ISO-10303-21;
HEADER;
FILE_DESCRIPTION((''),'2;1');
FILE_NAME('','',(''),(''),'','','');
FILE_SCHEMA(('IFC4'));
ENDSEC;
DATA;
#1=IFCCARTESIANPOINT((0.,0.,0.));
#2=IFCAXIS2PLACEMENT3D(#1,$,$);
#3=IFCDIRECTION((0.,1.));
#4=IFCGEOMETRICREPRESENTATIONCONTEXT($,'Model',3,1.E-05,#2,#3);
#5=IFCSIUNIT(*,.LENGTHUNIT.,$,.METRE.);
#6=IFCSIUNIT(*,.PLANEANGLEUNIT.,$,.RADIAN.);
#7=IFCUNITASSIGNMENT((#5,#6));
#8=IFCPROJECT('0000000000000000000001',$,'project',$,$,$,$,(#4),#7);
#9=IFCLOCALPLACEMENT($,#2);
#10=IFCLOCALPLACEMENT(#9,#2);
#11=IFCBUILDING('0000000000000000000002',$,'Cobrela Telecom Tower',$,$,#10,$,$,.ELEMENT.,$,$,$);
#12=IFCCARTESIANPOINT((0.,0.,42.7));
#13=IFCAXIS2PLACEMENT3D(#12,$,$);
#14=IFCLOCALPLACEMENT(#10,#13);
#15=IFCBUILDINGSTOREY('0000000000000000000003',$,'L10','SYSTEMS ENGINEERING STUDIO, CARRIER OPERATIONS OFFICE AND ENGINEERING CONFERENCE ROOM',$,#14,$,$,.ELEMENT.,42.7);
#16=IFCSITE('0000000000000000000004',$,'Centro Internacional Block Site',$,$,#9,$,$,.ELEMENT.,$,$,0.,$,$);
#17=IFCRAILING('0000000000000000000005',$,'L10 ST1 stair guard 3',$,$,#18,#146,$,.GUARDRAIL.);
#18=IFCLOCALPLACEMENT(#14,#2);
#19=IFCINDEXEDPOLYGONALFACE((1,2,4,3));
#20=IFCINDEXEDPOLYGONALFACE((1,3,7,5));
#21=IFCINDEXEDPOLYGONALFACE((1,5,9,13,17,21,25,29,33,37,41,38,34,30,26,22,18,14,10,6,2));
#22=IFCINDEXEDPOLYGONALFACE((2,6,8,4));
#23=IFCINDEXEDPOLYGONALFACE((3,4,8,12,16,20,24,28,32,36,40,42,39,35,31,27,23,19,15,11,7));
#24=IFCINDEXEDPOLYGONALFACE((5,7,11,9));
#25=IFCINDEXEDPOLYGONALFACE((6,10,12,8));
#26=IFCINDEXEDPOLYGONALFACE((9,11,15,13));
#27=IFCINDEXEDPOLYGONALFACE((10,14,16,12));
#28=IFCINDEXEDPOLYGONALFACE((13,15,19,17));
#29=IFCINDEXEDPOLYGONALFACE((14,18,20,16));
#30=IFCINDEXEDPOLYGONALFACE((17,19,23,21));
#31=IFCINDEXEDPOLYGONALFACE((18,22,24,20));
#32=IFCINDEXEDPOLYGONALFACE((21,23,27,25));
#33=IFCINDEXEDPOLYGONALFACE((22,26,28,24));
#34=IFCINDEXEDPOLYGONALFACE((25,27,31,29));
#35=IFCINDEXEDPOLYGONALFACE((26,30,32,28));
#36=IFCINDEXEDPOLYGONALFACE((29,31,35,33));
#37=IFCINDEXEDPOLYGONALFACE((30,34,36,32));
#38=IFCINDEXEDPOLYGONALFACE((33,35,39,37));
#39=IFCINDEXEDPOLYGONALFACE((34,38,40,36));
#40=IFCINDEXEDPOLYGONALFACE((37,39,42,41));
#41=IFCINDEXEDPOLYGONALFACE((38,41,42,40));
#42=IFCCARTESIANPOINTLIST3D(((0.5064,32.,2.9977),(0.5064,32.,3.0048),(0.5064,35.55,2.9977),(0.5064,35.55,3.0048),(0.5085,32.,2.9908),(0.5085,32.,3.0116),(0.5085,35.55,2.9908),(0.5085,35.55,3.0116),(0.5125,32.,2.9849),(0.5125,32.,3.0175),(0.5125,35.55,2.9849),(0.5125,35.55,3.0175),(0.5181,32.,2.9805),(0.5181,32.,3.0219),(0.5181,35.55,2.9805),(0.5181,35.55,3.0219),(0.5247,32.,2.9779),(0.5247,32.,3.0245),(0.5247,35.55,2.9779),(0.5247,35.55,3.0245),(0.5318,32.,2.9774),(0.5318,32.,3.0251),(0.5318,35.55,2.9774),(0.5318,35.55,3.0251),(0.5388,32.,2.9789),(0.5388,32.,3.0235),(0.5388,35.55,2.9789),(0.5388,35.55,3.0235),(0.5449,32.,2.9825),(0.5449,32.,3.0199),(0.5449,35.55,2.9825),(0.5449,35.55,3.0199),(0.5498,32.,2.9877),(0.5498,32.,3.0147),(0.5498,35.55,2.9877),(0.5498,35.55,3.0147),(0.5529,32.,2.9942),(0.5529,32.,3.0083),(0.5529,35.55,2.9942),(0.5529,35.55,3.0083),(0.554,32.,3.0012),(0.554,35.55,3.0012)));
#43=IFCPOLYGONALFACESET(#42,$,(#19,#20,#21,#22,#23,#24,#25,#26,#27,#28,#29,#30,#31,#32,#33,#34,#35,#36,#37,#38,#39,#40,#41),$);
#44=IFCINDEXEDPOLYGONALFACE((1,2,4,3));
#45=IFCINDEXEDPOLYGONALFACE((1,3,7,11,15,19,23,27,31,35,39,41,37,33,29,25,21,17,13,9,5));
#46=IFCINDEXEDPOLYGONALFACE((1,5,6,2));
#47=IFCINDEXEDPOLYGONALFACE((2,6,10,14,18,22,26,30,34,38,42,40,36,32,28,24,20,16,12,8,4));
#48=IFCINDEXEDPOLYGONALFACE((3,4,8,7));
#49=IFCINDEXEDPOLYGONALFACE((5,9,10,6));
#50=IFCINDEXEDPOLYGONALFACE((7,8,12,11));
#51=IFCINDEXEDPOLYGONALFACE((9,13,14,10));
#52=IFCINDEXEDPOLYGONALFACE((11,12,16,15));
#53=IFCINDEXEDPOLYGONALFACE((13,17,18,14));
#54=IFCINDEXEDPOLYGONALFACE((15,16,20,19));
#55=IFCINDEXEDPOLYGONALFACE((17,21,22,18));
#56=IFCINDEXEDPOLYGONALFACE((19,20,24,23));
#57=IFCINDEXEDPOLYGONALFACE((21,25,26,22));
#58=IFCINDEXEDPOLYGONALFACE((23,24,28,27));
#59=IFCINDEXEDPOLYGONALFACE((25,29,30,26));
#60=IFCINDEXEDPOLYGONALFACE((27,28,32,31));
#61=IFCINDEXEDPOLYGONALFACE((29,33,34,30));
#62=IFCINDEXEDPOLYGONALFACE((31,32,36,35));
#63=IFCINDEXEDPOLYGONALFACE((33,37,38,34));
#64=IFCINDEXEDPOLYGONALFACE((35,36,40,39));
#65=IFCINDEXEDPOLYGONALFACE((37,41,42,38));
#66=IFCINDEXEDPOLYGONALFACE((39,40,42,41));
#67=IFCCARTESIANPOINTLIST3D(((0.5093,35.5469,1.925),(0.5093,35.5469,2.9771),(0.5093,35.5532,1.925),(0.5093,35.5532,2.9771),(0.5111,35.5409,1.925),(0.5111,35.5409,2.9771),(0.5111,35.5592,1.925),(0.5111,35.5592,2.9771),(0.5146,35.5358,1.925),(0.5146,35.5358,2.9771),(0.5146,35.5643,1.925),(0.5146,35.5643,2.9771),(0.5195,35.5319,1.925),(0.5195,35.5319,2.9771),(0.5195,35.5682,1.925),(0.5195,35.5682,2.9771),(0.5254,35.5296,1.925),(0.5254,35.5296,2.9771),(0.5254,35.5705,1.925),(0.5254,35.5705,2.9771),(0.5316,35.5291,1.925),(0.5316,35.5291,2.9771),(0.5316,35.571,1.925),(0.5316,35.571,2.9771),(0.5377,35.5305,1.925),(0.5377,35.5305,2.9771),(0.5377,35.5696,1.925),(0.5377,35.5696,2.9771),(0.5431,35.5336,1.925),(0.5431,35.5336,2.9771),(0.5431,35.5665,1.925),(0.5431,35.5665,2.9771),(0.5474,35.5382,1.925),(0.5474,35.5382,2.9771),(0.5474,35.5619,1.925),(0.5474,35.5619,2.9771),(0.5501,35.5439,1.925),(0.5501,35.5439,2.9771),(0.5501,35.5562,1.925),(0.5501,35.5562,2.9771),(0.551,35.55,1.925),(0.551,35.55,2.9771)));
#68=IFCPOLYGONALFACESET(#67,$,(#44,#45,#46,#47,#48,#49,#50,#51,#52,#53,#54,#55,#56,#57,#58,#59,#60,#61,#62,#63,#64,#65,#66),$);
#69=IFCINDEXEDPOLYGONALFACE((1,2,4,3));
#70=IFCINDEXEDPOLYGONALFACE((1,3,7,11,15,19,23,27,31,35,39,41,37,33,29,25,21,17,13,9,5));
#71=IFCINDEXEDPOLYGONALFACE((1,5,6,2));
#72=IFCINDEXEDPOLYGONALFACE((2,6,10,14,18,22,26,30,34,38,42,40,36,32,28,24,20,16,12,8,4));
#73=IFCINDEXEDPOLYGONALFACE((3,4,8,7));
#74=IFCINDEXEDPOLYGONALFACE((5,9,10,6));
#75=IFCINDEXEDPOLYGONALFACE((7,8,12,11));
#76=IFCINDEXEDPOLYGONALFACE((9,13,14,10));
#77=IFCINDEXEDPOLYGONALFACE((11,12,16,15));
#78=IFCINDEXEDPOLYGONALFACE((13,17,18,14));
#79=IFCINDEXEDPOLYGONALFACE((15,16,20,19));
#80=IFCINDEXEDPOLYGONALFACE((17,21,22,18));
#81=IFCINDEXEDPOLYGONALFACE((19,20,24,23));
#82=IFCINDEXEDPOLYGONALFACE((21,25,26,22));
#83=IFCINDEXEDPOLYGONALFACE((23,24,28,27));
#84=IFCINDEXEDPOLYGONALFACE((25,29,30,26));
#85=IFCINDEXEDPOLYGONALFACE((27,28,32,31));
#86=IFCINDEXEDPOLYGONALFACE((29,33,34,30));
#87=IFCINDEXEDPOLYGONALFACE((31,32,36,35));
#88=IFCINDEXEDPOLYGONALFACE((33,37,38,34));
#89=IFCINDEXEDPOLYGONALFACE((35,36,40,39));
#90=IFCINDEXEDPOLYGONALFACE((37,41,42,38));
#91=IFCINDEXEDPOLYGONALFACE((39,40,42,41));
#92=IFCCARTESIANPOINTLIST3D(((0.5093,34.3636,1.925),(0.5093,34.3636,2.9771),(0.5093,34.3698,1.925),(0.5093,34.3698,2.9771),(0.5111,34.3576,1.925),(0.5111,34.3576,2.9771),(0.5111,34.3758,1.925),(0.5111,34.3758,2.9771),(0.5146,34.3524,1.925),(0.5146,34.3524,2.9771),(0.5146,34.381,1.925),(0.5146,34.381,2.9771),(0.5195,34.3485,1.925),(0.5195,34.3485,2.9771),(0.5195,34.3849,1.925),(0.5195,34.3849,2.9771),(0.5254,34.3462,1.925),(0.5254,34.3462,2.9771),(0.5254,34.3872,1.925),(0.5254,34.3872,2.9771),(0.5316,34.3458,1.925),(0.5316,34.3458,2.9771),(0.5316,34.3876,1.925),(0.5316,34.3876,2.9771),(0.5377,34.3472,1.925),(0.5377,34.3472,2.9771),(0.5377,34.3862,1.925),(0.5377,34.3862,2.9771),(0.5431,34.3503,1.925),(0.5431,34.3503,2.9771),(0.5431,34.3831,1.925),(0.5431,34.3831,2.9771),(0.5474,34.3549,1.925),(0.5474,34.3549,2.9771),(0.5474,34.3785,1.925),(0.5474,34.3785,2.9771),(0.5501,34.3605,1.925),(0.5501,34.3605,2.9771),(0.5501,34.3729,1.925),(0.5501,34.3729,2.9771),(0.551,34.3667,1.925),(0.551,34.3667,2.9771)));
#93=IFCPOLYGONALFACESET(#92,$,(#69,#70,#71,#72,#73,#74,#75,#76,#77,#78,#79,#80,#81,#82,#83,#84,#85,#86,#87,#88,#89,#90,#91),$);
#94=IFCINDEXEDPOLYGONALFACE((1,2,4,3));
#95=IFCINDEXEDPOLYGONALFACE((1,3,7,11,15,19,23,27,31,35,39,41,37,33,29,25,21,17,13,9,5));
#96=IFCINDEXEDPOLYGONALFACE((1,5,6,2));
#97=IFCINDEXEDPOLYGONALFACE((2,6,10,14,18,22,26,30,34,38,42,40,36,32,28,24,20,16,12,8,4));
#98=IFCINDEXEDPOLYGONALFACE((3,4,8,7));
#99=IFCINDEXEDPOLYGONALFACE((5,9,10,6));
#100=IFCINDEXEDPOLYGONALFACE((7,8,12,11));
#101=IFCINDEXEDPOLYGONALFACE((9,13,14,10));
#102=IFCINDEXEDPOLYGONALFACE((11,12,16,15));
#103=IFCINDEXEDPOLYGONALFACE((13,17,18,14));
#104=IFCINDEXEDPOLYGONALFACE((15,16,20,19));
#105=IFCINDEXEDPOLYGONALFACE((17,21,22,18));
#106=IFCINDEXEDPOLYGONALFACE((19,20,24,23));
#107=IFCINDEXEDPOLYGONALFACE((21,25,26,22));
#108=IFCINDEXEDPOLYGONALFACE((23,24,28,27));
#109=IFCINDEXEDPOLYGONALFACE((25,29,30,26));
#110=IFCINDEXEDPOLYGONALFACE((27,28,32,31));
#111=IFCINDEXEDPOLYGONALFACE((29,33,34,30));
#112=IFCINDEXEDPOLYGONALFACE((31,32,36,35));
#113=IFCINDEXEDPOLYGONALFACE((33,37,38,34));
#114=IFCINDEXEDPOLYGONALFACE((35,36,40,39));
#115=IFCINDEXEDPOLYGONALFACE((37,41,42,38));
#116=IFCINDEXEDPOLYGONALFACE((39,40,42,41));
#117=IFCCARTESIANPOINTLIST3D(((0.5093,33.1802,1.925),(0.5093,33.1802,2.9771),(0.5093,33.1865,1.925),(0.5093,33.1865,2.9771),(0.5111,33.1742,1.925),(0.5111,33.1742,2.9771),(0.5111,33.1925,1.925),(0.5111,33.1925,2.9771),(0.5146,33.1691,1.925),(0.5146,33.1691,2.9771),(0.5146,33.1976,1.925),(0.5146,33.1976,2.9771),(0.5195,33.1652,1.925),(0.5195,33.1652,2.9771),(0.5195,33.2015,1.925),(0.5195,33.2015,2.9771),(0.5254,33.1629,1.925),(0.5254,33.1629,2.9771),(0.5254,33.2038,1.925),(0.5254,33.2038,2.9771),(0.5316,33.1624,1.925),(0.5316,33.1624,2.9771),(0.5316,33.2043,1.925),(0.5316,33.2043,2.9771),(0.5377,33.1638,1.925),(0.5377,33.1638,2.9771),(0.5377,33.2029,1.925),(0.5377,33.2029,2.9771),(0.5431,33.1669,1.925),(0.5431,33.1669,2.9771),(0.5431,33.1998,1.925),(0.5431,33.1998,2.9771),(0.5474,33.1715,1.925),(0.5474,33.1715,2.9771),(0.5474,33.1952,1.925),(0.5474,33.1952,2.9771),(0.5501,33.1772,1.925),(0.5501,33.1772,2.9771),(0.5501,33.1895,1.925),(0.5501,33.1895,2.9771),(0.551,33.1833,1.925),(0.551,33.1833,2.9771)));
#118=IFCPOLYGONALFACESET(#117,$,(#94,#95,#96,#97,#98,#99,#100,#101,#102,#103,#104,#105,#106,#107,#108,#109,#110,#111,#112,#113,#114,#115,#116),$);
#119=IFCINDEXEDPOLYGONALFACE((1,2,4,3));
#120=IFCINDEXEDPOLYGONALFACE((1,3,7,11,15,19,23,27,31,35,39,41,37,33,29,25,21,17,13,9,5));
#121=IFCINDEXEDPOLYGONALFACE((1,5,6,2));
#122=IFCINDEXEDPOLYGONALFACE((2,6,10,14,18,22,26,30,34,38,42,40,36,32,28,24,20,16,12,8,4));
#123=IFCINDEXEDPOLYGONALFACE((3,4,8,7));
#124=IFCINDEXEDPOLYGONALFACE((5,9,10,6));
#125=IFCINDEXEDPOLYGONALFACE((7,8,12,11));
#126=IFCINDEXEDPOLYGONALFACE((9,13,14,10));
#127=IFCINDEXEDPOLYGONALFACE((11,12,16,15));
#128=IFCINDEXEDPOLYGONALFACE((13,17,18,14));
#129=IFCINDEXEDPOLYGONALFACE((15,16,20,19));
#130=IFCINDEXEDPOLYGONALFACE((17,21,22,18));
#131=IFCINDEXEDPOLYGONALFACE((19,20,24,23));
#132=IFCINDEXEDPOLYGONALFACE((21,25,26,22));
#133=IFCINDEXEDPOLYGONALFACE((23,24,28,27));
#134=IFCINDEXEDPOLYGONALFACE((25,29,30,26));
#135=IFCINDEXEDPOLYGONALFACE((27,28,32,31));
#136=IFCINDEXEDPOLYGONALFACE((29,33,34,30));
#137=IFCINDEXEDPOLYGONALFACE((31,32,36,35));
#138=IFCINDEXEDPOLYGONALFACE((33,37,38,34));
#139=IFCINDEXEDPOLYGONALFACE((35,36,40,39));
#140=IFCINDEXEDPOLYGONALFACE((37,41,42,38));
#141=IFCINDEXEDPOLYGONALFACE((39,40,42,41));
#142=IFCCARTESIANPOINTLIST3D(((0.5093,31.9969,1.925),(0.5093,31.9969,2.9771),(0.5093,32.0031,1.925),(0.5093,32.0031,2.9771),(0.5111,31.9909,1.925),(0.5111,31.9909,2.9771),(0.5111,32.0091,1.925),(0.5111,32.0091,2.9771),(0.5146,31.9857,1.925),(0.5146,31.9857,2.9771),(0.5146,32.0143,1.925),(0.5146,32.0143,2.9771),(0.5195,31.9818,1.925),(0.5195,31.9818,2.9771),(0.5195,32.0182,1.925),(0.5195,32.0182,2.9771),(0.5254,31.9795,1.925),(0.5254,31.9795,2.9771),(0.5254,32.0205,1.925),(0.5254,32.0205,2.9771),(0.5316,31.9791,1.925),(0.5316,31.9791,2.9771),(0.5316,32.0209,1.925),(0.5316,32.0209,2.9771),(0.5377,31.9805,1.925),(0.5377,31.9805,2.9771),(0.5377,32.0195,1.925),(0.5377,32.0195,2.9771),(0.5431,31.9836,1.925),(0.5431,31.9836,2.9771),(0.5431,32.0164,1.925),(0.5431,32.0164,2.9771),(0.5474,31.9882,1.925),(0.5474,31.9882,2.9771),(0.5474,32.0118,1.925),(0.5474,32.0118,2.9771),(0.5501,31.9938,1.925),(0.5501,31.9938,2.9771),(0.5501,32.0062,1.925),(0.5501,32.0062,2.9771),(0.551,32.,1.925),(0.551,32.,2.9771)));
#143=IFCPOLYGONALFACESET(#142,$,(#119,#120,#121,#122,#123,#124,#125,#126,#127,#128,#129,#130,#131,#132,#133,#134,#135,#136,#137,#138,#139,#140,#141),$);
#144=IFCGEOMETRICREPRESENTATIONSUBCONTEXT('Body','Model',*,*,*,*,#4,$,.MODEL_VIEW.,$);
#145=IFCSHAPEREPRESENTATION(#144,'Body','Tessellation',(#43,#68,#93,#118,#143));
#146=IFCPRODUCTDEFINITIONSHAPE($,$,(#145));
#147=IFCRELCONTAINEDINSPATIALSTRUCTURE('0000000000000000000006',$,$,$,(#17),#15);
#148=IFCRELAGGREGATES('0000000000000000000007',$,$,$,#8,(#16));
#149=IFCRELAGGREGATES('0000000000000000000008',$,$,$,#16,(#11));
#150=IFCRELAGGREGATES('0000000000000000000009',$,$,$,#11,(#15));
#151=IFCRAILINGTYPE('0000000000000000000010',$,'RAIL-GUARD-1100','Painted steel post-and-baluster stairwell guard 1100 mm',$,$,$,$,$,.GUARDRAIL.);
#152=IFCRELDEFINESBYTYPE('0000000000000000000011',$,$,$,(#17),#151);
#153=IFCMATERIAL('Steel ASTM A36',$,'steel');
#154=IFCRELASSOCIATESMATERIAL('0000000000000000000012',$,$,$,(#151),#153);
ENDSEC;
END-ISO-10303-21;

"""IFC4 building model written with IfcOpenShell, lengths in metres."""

from ifc_helpers import new_model, si_unit, direction, frame, origin, origin_2d, place, context, subcontext, project, spatial, circle, extrude, material, type_object, element, save


model = new_model("IFC4")

# Units and contexts
model_context = context("Model", 3, precision=1e-05, world=origin(), true_north=direction((0.0, 1.0)))
body_context = subcontext(model_context, "Body", "Model", "MODEL_VIEW")
ifc_project = project(units=[si_unit("LENGTHUNIT", "METRE"), si_unit("PLANEANGLEUNIT", "RADIAN")], contexts=[model_context])

# Site, building, storey
site_placement = place(None, origin())
site = spatial("IfcSite", under=ifc_project, at=site_placement, Name="Centro Internacional Block Site", CompositionType="ELEMENT", RefElevation=0.0)
building_placement = place(site_placement, origin())
building = spatial("IfcBuilding", under=site, at=building_placement, Name="Cobrela Telecom Tower", CompositionType="ELEMENT")
storey_placement = place(building_placement, frame((0.0, 0.0, 42.7)))
storey = spatial("IfcBuildingStorey", under=building, at=storey_placement, Name="L10", Description="SYSTEMS ENGINEERING STUDIO, CARRIER OPERATIONS OFFICE AND ENGINEERING CONFERENCE ROOM", CompositionType="ELEMENT", Elevation=42.7)

# Shared definitions
ifc_material_1 = material(Name="Steel ASTM A36", Category="steel")

# Railing
railing_type_1 = type_object("IfcRailingType", Name="RAIL-GUARD-1100", Description="Painted steel post-and-baluster stairwell guard 1100 mm", PredefinedType="GUARDRAIL", material=ifc_material_1)
railing_1_placement = place(storey_placement, frame((0.53, 35.55, 1.925)))
element("IfcRailing", 1, at=railing_1_placement, inside=storey, type_object=railing_type_1, Name="L10 ST1 stair guard 3", PredefinedType="GUARDRAIL", context=body_context, shape_type="SweptSolid", body=[
    extrude(circle(Radius=0.0239, at=origin_2d()), frame((0.0, 0.0, 1.0762), z_axis=(0.0, -1.0, 0.0), x_axis=(1.0, 0.0, 0.0)), (0.0, 0.0, 1.0), 3.55),
    extrude(circle(Radius=0.021, at=origin_2d()), origin(), (0.0, 0.0, 1.0), 1.052),
    extrude(circle(Radius=0.021, at=origin_2d()), frame((0.0, -1.1833, 0.0)), (0.0, 0.0, 1.0), 1.052),
    extrude(circle(Radius=0.021, at=origin_2d()), frame((0.0, -2.3667, 0.0)), (0.0, 0.0, 1.0), 1.052),
    extrude(circle(Radius=0.021, at=origin_2d()), frame((0.0, -3.55, 0.0)), (0.0, 0.0, 1.0), 1.052),
])

save(model, "model.ifc")
